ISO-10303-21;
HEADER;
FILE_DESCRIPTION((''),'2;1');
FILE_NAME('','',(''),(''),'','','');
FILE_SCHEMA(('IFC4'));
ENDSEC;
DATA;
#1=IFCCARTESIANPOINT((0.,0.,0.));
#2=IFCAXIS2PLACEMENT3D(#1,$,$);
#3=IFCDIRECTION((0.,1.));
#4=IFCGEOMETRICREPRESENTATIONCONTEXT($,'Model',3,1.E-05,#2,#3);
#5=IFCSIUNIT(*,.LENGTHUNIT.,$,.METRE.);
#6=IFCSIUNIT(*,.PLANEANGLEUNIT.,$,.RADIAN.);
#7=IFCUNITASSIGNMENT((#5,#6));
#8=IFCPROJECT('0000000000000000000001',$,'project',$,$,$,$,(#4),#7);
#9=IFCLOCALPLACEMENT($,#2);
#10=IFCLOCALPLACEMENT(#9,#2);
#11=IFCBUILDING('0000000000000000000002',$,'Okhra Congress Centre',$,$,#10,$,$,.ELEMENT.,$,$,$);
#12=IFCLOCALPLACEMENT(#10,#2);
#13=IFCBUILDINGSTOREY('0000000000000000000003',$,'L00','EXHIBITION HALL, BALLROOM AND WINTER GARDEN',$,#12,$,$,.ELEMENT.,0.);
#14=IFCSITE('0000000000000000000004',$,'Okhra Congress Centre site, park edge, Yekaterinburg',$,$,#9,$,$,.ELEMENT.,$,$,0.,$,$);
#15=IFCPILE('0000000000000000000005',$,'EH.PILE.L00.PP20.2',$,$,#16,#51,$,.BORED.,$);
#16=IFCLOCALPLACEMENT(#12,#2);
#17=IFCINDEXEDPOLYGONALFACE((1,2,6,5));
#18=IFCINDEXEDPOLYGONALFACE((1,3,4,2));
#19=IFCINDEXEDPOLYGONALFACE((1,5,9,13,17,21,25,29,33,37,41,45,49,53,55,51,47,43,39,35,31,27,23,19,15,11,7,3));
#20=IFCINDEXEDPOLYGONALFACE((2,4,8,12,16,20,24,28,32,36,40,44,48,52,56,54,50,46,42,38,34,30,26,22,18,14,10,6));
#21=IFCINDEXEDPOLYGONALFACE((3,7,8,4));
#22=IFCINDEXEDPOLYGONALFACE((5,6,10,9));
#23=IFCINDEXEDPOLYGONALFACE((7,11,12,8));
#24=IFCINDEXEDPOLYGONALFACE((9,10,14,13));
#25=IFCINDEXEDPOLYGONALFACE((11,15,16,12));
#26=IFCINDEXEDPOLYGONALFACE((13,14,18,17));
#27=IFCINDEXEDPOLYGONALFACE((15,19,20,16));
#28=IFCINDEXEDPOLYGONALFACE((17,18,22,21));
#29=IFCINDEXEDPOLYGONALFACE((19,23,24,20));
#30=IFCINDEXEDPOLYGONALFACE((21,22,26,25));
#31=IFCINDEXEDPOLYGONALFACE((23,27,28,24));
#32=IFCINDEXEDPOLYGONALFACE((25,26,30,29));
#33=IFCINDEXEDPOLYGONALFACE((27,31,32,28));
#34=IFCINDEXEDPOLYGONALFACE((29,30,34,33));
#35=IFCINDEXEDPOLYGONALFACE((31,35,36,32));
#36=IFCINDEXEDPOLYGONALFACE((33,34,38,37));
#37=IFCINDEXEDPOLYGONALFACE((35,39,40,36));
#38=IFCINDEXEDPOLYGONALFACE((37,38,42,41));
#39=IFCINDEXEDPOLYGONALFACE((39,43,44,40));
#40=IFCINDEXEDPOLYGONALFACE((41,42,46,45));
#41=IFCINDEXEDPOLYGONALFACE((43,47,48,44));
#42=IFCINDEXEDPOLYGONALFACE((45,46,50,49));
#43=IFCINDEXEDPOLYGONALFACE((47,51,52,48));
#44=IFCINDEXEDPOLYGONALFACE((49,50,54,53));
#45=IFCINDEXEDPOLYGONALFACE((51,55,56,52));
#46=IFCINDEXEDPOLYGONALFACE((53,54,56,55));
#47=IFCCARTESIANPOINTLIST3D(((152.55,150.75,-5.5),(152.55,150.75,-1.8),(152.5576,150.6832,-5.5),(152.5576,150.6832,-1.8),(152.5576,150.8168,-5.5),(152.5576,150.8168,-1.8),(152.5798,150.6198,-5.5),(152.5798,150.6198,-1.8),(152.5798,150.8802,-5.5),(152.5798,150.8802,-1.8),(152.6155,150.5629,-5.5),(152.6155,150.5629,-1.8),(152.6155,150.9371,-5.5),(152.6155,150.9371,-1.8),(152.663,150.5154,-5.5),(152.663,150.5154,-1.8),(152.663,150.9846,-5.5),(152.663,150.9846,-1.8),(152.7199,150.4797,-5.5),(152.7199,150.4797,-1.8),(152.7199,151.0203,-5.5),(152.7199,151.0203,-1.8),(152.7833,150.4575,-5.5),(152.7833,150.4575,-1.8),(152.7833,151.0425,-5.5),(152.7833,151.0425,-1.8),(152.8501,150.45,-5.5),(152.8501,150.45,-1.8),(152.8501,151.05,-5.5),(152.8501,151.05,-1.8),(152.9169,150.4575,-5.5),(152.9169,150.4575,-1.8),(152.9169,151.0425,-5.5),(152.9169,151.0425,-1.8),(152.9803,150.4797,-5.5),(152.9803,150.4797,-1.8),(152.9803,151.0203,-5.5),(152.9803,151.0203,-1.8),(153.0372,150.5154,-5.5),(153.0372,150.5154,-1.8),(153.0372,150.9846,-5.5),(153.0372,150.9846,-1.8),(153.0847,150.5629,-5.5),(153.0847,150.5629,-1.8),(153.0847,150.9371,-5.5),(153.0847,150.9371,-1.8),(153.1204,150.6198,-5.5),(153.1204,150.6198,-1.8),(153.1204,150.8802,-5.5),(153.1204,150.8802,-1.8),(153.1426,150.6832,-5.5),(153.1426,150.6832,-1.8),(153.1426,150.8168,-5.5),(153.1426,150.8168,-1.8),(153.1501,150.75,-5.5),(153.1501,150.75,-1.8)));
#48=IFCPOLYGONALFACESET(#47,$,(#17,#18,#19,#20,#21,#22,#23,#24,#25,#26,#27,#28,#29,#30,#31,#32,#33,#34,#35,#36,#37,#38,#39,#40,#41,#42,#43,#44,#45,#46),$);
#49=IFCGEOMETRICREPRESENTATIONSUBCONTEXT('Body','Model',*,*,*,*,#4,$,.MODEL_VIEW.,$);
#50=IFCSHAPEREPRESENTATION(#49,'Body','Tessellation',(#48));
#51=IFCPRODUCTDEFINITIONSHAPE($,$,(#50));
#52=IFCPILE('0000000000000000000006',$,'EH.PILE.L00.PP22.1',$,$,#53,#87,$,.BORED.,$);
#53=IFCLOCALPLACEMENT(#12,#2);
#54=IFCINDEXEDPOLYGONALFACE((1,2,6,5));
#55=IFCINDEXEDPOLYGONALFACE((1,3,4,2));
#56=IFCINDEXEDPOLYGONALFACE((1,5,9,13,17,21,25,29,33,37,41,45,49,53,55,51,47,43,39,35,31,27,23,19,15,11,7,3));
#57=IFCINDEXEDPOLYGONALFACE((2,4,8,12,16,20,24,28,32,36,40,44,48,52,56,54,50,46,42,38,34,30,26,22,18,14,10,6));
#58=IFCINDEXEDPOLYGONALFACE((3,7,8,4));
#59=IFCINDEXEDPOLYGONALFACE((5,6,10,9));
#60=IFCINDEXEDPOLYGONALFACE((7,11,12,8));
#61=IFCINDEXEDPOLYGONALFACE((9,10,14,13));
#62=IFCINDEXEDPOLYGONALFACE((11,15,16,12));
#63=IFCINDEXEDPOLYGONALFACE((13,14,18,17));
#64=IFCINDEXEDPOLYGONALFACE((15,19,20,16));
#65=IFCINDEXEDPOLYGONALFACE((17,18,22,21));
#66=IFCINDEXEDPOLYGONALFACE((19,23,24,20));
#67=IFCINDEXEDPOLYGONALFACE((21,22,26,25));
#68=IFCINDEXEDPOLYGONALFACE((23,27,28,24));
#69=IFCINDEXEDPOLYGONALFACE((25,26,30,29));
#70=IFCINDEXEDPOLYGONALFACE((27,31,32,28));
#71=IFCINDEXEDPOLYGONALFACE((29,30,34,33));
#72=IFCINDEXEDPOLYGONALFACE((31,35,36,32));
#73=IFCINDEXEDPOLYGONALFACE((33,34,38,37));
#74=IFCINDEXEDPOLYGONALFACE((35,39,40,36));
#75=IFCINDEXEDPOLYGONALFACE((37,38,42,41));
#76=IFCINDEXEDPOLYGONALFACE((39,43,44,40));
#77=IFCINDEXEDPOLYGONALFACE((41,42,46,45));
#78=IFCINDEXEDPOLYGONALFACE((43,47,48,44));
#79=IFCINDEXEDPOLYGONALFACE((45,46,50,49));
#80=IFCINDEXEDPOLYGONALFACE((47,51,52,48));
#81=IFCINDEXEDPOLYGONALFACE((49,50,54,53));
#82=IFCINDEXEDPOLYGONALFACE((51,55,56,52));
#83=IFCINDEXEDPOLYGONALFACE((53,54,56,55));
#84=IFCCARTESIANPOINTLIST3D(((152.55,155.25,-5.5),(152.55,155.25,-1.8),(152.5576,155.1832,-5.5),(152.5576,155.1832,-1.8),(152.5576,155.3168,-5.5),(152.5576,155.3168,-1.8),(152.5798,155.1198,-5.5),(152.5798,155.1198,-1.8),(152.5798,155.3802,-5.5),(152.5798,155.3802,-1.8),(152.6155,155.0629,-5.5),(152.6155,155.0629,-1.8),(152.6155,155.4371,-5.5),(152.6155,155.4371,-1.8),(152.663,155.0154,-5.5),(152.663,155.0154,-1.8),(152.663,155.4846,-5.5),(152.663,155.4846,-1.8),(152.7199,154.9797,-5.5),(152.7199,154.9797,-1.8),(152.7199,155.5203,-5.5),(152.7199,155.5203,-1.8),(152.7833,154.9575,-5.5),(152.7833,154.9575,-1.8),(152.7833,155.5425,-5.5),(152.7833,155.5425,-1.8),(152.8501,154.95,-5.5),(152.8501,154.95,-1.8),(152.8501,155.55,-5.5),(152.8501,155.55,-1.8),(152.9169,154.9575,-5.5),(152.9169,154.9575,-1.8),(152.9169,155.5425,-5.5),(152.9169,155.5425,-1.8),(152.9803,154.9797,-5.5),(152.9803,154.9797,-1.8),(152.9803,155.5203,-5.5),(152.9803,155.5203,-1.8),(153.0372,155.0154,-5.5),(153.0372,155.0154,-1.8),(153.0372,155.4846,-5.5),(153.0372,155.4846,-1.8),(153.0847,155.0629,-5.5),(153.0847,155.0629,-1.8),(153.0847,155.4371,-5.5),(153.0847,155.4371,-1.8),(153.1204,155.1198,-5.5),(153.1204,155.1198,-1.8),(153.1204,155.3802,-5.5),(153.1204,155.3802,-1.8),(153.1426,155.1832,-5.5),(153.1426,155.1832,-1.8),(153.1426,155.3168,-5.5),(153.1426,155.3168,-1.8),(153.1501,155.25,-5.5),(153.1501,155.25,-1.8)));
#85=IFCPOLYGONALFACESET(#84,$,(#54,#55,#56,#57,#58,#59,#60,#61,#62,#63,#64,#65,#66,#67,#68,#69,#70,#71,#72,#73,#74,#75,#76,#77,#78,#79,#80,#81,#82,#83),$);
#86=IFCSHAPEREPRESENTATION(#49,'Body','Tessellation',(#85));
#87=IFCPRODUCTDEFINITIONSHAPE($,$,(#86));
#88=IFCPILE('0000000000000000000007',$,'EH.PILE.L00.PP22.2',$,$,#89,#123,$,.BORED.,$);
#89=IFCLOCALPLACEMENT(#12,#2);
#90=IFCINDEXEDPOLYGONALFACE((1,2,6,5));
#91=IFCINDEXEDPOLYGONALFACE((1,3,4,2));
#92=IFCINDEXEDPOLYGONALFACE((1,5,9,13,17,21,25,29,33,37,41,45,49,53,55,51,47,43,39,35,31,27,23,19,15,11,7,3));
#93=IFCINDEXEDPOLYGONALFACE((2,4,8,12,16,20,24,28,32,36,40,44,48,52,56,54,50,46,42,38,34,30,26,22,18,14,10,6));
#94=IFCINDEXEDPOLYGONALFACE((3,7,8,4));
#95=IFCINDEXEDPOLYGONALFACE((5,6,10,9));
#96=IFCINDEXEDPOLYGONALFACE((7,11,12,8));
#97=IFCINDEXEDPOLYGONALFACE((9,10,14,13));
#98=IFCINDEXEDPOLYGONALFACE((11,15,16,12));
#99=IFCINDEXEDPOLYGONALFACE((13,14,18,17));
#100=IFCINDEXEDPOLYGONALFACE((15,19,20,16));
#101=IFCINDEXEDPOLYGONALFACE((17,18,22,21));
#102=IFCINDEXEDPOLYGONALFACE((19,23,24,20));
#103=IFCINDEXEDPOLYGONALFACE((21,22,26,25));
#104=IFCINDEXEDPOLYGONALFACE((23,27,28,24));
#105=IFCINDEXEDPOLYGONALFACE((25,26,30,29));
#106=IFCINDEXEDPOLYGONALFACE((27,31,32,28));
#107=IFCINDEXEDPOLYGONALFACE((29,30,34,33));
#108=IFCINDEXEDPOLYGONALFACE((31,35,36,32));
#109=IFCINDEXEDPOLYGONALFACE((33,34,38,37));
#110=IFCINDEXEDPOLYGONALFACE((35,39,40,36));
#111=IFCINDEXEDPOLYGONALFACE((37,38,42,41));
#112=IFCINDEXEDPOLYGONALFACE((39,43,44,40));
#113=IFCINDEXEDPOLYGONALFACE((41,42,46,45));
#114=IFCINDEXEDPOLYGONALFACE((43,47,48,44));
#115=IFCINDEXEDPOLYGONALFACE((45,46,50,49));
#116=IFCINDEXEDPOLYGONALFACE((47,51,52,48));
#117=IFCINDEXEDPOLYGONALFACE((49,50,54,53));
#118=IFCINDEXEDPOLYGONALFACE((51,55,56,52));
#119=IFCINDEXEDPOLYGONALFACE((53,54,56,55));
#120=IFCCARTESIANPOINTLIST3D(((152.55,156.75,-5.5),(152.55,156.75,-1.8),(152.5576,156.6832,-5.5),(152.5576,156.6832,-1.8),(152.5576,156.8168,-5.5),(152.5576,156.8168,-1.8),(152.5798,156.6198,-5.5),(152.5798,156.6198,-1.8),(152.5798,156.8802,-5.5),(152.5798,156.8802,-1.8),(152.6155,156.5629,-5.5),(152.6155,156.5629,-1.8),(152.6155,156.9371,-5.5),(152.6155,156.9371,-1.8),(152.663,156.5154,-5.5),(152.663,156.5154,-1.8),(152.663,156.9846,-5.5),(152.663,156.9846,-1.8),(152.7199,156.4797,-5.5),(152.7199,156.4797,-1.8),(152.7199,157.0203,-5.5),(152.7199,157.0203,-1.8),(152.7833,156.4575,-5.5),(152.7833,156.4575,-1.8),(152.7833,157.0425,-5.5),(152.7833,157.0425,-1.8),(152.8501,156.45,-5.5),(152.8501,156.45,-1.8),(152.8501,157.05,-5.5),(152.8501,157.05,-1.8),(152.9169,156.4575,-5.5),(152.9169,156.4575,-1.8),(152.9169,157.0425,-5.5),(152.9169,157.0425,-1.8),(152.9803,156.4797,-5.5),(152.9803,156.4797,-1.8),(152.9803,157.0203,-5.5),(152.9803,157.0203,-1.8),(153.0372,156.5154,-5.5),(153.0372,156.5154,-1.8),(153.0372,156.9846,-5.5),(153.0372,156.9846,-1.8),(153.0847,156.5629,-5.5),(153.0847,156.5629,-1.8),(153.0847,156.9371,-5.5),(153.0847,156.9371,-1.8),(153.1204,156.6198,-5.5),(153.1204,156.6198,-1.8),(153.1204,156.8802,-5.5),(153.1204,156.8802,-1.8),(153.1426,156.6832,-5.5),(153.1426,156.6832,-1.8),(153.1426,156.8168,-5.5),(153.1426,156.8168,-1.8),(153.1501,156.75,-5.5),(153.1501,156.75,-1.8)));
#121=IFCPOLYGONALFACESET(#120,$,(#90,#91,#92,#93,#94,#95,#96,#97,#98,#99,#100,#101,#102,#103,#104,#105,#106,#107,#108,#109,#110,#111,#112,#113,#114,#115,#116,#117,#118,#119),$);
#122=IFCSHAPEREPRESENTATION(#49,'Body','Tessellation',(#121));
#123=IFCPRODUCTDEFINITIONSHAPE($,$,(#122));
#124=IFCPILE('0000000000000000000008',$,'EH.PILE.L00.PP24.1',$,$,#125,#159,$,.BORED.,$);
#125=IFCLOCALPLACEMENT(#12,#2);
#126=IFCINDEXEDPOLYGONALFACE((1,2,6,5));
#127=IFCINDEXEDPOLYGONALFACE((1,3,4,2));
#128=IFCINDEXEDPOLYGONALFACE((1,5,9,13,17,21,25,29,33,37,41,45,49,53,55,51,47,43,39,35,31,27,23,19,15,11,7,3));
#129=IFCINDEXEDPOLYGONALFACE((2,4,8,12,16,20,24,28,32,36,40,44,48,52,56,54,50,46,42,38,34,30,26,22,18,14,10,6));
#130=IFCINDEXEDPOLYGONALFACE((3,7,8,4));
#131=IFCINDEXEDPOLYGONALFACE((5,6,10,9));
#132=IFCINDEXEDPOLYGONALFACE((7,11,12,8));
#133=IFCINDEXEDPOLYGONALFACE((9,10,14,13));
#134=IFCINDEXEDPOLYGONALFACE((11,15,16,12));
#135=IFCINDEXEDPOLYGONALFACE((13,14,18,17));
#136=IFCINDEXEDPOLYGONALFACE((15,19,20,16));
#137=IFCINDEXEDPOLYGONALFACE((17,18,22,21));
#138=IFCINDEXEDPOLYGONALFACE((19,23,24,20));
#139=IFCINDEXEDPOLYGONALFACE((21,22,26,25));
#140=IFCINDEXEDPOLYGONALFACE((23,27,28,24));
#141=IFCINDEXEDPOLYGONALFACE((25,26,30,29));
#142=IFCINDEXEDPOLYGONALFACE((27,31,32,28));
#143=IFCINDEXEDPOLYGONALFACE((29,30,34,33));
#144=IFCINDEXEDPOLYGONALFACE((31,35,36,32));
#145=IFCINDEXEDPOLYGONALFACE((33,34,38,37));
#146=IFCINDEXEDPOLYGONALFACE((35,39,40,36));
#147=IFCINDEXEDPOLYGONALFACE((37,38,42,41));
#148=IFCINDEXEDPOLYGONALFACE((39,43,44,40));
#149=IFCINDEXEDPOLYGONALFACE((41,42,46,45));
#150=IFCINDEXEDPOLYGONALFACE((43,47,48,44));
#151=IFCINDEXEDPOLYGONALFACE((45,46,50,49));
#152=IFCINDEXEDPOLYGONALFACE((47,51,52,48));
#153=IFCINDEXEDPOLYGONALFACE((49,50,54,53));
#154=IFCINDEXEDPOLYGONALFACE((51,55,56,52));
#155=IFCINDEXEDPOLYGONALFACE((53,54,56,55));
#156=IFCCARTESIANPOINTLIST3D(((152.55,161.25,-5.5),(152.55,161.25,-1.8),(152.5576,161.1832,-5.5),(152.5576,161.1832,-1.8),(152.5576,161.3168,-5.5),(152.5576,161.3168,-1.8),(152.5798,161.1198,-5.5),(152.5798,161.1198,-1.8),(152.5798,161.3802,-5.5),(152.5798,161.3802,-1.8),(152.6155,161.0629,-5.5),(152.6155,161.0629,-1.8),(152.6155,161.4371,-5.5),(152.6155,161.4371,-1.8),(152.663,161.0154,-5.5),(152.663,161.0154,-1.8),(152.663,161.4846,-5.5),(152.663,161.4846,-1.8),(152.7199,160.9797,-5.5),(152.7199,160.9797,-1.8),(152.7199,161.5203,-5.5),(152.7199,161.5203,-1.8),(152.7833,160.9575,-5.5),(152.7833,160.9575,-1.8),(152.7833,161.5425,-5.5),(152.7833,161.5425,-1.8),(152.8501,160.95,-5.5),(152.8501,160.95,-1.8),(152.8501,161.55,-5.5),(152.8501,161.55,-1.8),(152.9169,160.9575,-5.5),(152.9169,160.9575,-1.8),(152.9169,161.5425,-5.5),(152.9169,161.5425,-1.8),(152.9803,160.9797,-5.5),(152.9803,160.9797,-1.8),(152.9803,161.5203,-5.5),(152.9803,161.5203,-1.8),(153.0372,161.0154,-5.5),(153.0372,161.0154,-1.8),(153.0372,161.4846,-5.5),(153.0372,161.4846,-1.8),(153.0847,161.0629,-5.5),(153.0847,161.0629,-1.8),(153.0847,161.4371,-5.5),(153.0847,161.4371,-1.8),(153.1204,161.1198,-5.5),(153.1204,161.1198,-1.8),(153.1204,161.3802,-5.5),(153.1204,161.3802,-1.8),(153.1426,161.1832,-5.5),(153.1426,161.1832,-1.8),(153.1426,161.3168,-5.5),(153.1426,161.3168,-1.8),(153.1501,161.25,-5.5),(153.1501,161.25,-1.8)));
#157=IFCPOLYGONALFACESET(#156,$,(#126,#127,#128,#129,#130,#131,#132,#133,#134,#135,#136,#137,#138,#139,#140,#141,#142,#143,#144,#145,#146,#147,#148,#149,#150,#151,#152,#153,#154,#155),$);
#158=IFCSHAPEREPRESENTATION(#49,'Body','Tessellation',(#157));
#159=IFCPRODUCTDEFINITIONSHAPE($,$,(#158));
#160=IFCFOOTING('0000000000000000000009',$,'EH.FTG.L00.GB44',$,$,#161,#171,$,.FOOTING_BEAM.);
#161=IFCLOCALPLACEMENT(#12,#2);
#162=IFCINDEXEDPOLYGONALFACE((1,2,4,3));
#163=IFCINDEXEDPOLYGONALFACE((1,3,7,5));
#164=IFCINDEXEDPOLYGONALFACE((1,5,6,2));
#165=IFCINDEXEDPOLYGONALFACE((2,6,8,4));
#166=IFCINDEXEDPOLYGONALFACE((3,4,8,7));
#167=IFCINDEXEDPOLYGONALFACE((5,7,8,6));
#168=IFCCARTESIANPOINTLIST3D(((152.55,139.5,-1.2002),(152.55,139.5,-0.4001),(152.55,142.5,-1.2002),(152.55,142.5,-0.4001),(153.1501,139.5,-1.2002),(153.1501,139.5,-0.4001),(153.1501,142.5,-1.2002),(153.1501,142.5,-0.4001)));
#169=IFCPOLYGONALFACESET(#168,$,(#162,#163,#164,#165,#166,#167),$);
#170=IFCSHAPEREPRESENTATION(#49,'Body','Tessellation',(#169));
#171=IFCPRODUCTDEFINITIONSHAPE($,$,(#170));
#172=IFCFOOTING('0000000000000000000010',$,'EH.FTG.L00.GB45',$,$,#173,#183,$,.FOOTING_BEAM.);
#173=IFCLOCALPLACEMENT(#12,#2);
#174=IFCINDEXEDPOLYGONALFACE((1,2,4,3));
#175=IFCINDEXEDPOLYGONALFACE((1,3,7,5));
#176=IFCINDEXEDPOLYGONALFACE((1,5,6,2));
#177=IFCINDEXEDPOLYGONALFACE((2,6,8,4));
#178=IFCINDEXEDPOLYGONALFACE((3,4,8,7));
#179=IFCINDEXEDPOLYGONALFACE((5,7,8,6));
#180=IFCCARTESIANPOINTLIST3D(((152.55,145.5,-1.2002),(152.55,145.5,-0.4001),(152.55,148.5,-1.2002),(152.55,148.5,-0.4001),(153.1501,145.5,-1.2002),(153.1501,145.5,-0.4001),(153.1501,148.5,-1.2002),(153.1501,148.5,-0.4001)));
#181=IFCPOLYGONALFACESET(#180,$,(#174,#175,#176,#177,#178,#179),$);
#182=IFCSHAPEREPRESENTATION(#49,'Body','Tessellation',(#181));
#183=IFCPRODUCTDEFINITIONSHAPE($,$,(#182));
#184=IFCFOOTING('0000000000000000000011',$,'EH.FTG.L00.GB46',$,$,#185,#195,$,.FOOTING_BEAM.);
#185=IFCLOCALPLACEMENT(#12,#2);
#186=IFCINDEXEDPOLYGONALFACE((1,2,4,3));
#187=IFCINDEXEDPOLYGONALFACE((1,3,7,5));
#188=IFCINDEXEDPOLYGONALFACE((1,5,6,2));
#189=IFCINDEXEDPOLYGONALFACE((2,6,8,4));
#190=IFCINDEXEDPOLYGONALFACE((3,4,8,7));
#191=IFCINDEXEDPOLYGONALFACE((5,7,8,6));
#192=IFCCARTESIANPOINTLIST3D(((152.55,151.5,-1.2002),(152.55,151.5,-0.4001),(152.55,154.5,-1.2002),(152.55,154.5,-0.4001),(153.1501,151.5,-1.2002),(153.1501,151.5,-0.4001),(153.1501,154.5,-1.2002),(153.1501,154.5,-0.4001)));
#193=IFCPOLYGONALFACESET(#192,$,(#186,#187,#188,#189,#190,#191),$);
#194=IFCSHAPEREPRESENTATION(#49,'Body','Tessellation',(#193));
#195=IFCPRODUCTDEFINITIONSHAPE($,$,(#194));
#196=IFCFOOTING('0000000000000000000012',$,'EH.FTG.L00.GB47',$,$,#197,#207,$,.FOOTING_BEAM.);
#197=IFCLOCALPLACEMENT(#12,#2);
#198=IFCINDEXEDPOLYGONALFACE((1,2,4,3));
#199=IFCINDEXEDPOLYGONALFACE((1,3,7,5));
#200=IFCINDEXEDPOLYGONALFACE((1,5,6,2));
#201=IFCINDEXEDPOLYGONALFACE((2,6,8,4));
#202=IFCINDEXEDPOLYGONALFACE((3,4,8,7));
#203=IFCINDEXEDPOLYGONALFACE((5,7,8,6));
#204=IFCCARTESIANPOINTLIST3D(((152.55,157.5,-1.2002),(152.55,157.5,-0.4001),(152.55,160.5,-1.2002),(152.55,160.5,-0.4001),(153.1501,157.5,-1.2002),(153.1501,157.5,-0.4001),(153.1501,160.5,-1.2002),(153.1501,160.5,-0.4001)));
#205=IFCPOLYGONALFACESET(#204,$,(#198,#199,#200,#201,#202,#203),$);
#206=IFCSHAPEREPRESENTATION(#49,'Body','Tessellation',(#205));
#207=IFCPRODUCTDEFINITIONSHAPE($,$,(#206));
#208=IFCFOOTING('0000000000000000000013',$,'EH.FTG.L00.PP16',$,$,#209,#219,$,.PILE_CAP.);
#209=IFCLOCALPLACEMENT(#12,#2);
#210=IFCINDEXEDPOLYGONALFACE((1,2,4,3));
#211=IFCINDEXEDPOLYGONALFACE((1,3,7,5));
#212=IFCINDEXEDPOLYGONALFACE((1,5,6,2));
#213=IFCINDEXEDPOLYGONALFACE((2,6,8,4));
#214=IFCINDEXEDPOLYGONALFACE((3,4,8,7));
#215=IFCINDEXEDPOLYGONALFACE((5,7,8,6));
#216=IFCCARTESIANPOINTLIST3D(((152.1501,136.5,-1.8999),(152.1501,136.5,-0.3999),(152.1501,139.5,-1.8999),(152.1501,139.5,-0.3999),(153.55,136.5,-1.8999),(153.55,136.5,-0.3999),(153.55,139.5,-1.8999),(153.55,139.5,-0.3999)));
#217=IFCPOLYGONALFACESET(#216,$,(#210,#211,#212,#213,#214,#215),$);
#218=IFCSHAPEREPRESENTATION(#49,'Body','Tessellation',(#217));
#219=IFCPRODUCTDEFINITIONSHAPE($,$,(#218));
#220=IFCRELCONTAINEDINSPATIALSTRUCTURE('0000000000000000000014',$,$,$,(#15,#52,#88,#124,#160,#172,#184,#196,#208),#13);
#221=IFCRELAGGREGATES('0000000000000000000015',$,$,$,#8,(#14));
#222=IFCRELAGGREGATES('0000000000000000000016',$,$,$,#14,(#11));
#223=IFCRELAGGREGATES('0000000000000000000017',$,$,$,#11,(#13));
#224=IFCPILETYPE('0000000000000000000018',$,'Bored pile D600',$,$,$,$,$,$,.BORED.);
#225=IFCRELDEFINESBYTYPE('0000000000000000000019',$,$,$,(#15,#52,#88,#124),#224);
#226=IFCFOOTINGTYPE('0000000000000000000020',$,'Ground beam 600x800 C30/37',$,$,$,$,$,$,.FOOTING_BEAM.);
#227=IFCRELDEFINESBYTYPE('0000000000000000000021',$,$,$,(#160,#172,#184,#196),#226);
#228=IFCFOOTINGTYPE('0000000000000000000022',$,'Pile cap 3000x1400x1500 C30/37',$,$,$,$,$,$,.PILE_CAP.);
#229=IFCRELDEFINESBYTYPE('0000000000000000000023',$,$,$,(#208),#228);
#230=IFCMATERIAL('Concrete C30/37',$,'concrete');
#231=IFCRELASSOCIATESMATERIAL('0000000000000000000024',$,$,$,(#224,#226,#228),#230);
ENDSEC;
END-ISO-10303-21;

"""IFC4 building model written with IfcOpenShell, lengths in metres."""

from ifc_helpers import new_model, si_unit, direction, frame, origin, origin_2d, place, context, subcontext, project, spatial, rectangle, circle, extrude, material, material_profile, profile_set, type_object, element, save


model = new_model("IFC4")

# Units and contexts
model_context = context("Model", 3, precision=1e-05, world=origin(), true_north=direction((0.0, 1.0)))
body_context = subcontext(model_context, "Body", "Model", "MODEL_VIEW")
ifc_project = project(units=[si_unit("LENGTHUNIT", "METRE"), si_unit("PLANEANGLEUNIT", "RADIAN")], contexts=[model_context])

# Site, building, storey
site_placement = place(None, origin())
site = spatial("IfcSite", under=ifc_project, at=site_placement, Name="Okhra Congress Centre site, park edge, Yekaterinburg", CompositionType="ELEMENT", RefElevation=0.0)
building_placement = place(site_placement, origin())
building = spatial("IfcBuilding", under=site, at=building_placement, Name="Okhra Congress Centre", CompositionType="ELEMENT")
storey_placement = place(building_placement, origin())
storey = spatial("IfcBuildingStorey", under=building, at=storey_placement, Name="L00", Description="EXHIBITION HALL, BALLROOM AND WINTER GARDEN", CompositionType="ELEMENT", Elevation=0.0)

# Piles
ifc_material_1 = material(Name="Concrete C30/37", Category="concrete")
ifc_material_profile_1 = material_profile(ifc_material_1, circle(Radius=0.3, at=origin_2d()), Name="D600")
ifc_profile_set_1 = profile_set([ifc_material_profile_1], Name="Concrete C30/37")
pile_type = type_object("IfcPileType", Name="Bored pile D600", PredefinedType="BORED", material=ifc_profile_set_1)
for number, where, z_axis, x_axis, name in (
    (1, (152.8501, 150.75, -1.8), (0.0, 0.0, -1.0), (1.0, 0.0, 0.0), "EH.PILE.L00.PP20.2"),
    (2, (152.8501, 155.25, -1.8), (0.0, 0.0, -1.0), (1.0, 0.0, 0.0), "EH.PILE.L00.PP22.1"),
    (3, (152.8501, 156.75, -1.8), (0.0, 0.0, -1.0), (1.0, 0.0, 0.0), "EH.PILE.L00.PP22.2"),
    (4, (152.8501, 161.25, -1.8), (0.0, 0.0, -1.0), (1.0, 0.0, 0.0), "EH.PILE.L00.PP24.1"),
):
    element("IfcPile", number, at=place(storey_placement, frame(where, z_axis=z_axis, x_axis=x_axis)), inside=storey, type_object=pile_type, Name=name, PredefinedType="BORED", context=body_context, shape_type="SweptSolid", body=[
        extrude(circle(Radius=0.3, at=origin_2d()), origin(), (0.0, 0.0, 1.0), 3.7),
    ])

# Footings
footing_type_1 = type_object("IfcFootingType", Name="Ground beam 600x800 C30/37", PredefinedType="FOOTING_BEAM", material=ifc_material_1)
for number, where, z_axis, x_axis, name in (
    (5, (152.8501, 141.0, -1.2002), (0.0, 0.0, 1.0), (0.0, 1.0, 0.0), "EH.FTG.L00.GB44"),
    (6, (152.8501, 147.0, -1.2002), (0.0, 0.0, 1.0), (0.0, 1.0, 0.0), "EH.FTG.L00.GB45"),
    (7, (152.8501, 153.0, -1.2002), (0.0, 0.0, 1.0), (0.0, 1.0, 0.0), "EH.FTG.L00.GB46"),
    (8, (152.8501, 159.0, -1.2002), (0.0, 0.0, 1.0), (0.0, 1.0, 0.0), "EH.FTG.L00.GB47"),
):
    element("IfcFooting", number, at=place(storey_placement, frame(where, z_axis=z_axis, x_axis=x_axis)), inside=storey, type_object=footing_type_1, Name=name, PredefinedType="FOOTING_BEAM", context=body_context, shape_type="SweptSolid", body=[
        extrude(rectangle(XDim=3.0, YDim=0.6001, at=origin_2d()), origin(), (0.0, 0.0, 1.0), 0.8),
    ])
footing_type_2 = type_object("IfcFootingType", Name="Pile cap 3000x1400x1500 C30/37", PredefinedType="PILE_CAP", material=ifc_material_1)
for number, where, z_axis, x_axis, name in (
    (9, (152.8501, 138.0, -1.8999), (0.0, 0.0, 1.0), (0.0, 1.0, 0.0), "EH.FTG.L00.PP16"),
):
    element("IfcFooting", number, at=place(storey_placement, frame(where, z_axis=z_axis, x_axis=x_axis)), inside=storey, type_object=footing_type_2, Name=name, PredefinedType="PILE_CAP", context=body_context, shape_type="SweptSolid", body=[
        extrude(rectangle(XDim=3.0, YDim=1.3999, at=origin_2d()), origin(), (0.0, 0.0, 1.0), 1.5),
    ])

save(model, "model.ifc")
